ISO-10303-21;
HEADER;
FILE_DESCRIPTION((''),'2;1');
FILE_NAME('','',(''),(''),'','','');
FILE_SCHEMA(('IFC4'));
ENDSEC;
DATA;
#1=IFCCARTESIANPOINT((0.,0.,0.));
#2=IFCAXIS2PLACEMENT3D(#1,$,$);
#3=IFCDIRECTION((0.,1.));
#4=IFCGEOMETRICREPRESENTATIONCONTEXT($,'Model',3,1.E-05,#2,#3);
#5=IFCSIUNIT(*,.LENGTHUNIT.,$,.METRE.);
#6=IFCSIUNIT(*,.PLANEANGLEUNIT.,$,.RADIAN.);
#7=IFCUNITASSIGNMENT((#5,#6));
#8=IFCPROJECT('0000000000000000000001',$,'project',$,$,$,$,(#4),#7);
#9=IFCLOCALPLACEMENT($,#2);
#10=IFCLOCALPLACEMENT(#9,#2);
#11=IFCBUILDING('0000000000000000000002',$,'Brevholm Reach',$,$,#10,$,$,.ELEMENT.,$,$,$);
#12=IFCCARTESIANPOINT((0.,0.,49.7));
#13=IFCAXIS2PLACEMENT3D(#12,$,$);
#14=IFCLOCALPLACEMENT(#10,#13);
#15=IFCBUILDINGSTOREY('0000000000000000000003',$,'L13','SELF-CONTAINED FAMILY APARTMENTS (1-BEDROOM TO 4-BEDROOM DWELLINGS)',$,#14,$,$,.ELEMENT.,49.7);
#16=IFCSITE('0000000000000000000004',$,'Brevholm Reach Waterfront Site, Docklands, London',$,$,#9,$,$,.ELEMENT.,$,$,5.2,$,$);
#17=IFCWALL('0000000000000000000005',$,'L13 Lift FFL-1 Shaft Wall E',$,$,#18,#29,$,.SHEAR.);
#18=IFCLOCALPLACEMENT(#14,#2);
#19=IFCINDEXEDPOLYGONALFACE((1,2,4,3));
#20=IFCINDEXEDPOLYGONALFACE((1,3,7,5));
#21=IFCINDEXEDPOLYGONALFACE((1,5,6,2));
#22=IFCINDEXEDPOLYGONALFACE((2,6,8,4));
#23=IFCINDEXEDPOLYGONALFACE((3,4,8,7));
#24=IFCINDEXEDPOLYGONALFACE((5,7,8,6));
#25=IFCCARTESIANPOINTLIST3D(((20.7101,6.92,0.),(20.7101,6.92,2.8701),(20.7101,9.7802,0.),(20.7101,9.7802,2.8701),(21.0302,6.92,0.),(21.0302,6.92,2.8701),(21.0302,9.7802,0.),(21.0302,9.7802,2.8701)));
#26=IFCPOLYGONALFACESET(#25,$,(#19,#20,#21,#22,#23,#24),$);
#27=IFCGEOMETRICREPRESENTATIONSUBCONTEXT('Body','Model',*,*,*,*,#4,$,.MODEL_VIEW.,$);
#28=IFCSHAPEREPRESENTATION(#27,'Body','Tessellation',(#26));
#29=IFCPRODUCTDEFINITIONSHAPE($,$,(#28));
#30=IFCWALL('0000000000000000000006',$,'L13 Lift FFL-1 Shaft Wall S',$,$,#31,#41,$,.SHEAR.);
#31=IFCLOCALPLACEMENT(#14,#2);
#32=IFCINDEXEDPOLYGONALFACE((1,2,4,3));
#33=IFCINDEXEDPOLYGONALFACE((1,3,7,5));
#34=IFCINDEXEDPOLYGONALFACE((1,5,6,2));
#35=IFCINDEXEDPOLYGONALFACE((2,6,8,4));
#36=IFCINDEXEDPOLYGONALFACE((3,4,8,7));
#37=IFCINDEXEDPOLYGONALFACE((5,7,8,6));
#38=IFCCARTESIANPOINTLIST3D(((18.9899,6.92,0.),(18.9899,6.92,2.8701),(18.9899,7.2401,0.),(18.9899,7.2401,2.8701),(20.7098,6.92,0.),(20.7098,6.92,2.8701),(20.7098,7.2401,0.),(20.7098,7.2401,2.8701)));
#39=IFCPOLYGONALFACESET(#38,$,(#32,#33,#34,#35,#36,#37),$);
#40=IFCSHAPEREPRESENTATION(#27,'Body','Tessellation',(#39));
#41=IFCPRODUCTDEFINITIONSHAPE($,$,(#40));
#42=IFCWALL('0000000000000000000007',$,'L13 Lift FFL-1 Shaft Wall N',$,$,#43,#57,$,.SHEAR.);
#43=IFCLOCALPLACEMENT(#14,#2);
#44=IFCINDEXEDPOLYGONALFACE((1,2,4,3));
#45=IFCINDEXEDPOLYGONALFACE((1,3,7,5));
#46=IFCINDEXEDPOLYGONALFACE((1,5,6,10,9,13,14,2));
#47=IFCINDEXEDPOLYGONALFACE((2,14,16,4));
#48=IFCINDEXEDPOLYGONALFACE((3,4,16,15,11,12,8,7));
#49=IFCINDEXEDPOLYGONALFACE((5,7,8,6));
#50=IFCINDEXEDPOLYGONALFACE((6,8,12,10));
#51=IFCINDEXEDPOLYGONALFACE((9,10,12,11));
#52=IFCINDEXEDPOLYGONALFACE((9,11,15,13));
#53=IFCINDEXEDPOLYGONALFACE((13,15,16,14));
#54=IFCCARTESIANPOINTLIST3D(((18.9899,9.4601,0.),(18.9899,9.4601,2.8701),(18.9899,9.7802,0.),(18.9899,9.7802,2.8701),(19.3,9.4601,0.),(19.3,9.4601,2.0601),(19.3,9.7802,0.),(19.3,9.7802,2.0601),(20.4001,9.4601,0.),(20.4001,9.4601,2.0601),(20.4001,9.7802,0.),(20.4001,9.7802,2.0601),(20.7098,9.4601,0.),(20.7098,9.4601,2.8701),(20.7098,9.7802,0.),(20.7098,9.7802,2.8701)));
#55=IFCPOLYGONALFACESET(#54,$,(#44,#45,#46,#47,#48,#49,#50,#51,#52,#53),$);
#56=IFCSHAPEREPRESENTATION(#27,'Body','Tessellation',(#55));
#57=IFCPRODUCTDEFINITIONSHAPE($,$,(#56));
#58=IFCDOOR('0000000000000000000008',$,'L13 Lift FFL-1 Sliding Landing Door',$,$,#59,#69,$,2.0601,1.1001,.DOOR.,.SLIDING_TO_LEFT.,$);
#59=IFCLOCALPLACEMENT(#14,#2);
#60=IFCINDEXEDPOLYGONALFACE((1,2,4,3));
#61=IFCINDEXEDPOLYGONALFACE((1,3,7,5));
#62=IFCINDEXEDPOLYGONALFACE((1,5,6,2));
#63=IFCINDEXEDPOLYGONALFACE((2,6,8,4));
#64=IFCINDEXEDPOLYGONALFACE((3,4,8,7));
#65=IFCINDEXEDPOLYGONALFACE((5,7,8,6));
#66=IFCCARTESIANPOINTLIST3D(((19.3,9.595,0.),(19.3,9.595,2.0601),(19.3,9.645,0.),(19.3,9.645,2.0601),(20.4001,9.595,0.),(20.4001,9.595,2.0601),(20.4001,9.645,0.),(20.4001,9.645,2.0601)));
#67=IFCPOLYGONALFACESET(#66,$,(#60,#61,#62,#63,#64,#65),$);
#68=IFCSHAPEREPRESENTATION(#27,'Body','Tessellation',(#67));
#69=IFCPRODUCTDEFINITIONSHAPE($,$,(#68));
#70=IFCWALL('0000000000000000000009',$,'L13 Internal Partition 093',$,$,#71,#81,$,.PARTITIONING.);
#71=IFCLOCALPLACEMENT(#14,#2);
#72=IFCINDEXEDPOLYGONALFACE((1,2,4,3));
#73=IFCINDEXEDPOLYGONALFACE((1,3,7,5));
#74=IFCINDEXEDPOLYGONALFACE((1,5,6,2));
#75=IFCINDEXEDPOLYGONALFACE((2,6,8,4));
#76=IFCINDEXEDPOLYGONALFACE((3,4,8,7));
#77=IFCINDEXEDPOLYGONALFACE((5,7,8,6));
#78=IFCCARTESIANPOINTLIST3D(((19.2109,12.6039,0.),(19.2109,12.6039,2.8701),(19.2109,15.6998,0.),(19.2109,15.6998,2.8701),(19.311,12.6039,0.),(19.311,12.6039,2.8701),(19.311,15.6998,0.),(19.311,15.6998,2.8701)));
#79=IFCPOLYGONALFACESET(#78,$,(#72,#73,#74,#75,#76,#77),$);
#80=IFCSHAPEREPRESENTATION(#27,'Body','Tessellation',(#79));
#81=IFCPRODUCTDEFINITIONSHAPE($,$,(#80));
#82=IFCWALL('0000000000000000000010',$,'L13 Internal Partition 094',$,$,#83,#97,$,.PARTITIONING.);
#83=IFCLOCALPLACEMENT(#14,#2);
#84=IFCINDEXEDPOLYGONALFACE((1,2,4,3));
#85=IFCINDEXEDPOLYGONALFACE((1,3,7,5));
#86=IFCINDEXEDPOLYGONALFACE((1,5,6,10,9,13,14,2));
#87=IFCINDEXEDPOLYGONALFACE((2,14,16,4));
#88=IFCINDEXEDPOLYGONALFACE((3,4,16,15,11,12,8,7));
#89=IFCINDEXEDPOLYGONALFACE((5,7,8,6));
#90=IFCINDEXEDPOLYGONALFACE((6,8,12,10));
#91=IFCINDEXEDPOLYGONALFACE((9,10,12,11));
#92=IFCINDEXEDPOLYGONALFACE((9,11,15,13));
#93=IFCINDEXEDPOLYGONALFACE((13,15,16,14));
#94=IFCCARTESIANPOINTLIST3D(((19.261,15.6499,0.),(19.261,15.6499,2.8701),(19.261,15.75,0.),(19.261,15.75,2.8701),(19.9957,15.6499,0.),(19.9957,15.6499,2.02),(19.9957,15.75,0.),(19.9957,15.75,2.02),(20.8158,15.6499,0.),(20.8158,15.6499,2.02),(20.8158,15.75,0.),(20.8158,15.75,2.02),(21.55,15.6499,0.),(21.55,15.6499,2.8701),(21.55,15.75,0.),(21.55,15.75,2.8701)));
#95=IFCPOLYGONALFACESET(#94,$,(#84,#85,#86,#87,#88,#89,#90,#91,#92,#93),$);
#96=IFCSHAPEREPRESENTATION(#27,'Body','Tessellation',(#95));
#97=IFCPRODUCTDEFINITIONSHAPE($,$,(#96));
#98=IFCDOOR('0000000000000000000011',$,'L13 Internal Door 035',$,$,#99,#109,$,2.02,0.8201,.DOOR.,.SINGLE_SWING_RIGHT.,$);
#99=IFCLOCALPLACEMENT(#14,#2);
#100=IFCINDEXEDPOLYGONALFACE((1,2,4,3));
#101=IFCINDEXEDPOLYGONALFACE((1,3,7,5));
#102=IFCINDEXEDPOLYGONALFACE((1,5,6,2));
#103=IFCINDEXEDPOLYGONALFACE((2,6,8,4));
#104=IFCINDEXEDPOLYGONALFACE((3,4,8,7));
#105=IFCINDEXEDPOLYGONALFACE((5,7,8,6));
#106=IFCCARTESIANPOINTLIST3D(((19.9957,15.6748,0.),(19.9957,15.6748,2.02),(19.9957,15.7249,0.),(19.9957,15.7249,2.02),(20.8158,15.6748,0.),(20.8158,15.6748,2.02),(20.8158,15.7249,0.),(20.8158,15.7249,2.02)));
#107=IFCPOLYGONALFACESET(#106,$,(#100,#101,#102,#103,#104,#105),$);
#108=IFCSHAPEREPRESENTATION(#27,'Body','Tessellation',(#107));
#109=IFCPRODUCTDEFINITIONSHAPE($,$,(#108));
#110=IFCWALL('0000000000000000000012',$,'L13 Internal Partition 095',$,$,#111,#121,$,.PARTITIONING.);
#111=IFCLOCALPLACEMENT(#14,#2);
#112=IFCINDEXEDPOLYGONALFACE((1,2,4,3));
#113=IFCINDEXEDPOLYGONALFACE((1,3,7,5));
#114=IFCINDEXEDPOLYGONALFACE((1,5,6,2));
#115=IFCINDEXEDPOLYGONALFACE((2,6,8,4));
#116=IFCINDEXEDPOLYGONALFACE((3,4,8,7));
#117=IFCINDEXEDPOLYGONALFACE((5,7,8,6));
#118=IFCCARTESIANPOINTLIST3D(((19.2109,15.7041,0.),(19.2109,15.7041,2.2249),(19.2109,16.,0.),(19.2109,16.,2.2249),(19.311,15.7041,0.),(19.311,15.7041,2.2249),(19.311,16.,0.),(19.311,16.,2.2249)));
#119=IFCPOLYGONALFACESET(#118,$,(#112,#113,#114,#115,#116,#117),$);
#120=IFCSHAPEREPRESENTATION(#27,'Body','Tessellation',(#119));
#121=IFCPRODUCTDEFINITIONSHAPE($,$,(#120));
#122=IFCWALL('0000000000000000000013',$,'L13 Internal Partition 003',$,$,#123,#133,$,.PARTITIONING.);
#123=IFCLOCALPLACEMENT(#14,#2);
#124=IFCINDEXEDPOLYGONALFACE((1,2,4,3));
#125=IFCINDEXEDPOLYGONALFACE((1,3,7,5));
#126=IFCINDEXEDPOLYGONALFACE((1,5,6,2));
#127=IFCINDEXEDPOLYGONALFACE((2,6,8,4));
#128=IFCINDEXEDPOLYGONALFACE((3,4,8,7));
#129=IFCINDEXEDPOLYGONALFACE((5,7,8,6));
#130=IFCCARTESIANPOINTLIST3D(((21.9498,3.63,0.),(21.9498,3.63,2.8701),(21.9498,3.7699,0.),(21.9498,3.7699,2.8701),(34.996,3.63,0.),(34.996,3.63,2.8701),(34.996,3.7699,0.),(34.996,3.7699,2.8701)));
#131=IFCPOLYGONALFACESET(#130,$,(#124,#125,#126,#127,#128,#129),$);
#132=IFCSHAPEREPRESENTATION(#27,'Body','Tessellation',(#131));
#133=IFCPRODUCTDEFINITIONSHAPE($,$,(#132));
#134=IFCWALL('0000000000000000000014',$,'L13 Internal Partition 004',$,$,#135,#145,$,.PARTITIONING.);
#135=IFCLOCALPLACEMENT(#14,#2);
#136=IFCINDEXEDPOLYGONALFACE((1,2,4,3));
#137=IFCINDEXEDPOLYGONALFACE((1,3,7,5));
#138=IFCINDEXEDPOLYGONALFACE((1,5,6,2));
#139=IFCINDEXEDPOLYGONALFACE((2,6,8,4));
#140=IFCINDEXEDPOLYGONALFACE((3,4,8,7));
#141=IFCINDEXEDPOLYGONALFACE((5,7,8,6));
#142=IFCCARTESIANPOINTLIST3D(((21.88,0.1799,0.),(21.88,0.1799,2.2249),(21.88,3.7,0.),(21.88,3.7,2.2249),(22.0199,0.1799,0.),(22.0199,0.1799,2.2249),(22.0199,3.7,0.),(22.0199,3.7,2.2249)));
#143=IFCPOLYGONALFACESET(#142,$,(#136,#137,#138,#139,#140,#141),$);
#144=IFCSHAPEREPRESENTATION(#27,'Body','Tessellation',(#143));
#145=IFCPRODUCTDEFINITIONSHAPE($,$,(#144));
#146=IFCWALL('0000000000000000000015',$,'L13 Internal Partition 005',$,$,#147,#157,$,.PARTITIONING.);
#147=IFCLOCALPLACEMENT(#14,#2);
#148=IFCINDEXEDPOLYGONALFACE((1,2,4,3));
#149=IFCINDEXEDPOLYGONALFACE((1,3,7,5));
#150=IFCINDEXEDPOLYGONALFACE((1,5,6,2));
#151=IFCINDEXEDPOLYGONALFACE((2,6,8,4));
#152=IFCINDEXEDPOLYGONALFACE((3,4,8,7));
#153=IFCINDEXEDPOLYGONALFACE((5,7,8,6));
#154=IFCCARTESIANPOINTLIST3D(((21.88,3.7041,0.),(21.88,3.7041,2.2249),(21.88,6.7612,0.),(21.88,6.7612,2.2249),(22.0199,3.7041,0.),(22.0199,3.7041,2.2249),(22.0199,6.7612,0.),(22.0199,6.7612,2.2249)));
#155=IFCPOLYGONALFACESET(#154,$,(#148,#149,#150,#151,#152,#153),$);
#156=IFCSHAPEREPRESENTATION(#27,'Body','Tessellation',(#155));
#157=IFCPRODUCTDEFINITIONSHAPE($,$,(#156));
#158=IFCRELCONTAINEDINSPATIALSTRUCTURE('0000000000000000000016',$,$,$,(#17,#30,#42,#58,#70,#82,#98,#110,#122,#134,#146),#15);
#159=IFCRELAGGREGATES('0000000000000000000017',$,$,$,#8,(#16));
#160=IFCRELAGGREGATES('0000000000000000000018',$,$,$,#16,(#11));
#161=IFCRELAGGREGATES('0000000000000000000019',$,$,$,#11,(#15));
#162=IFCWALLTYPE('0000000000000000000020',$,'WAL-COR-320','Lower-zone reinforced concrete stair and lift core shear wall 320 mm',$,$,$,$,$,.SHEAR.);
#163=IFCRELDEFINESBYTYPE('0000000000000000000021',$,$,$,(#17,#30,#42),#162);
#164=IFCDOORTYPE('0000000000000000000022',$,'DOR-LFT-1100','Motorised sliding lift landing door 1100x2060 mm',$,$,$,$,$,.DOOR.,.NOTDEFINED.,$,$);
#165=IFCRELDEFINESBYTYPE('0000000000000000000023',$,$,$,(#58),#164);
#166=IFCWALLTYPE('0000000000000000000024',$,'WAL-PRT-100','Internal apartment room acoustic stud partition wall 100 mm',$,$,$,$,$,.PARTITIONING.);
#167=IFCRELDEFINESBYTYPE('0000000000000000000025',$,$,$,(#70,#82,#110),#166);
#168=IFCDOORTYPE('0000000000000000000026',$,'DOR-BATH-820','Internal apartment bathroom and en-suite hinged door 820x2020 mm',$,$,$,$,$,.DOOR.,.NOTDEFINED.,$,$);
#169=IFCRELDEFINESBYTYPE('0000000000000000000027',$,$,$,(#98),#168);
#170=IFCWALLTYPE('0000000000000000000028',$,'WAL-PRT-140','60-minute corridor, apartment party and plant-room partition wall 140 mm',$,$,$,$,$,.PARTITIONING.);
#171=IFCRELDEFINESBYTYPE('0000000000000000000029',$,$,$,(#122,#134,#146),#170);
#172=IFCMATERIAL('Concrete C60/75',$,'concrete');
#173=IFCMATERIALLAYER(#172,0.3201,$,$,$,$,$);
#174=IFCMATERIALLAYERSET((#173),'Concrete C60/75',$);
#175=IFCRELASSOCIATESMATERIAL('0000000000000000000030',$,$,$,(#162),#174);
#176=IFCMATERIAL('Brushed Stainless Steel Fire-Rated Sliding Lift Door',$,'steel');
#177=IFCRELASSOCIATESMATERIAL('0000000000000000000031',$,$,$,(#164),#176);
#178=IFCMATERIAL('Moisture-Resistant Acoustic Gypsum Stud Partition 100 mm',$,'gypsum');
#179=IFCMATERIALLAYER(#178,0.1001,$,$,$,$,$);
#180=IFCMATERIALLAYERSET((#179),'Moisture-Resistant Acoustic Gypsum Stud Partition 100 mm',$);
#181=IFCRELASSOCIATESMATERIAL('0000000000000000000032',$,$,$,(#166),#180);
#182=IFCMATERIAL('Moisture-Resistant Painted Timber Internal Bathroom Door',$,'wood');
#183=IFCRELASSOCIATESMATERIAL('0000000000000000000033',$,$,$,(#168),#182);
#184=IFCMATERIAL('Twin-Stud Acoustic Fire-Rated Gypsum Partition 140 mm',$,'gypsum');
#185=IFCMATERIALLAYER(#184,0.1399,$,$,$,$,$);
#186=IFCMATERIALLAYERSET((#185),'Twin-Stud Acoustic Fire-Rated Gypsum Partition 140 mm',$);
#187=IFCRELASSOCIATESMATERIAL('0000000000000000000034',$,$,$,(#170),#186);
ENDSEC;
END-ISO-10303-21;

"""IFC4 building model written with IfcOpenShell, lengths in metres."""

from ifc_helpers import new_model, si_unit, direction, frame, frame_2d, origin, place, context, subcontext, project, spatial, rectangle, extrude, material, layer, layer_set, type_object, element, fill, save


model = new_model("IFC4")

# Units and contexts
model_context = context("Model", 3, precision=1e-05, world=origin(), true_north=direction((0.0, 1.0)))
body_context = subcontext(model_context, "Body", "Model", "MODEL_VIEW")
ifc_project = project(units=[si_unit("LENGTHUNIT", "METRE"), si_unit("PLANEANGLEUNIT", "RADIAN")], contexts=[model_context])

# Site, building, storey
site_placement = place(None, origin())
site = spatial("IfcSite", under=ifc_project, at=site_placement, Name="Brevholm Reach Waterfront Site, Docklands, London", CompositionType="ELEMENT", RefElevation=5.2)
building_placement = place(site_placement, origin())
building = spatial("IfcBuilding", under=site, at=building_placement, Name="Brevholm Reach", CompositionType="ELEMENT")
storey_placement = place(building_placement, frame((0.0, 0.0, 49.7)))
storey = spatial("IfcBuildingStorey", under=building, at=storey_placement, Name="L13", Description="SELF-CONTAINED FAMILY APARTMENTS (1-BEDROOM TO 4-BEDROOM DWELLINGS)", CompositionType="ELEMENT", Elevation=49.7)

# Walls
ifc_material_1 = material(Name="Concrete C60/75", Category="concrete")
ifc_layer_1 = layer(ifc_material_1, 0.3201)
ifc_layer_set_1 = layer_set([ifc_layer_1], Name="Concrete C60/75")
wall_type_1 = type_object("IfcWallType", Name="WAL-COR-320", Description="Lower-zone reinforced concrete stair and lift core shear wall 320 mm", PredefinedType="SHEAR", material=ifc_layer_set_1)
for number, where, z_axis, x_axis, name in (
    (1, (20.8701, 6.9199, 0.0), (0.0, 0.0, 1.0), (0.0, 1.0, 0.0), "L13 Lift FFL-1 Shaft Wall E"),
):
    element("IfcWall", number, at=place(storey_placement, frame(where, z_axis=z_axis, x_axis=x_axis)), inside=storey, type_object=wall_type_1, Name=name, PredefinedType="SHEAR", context=body_context, shape_type="SweptSolid", body=[
        extrude(rectangle(XDim=2.8601, YDim=0.3201, at=frame_2d((1.4302, 0.0))), origin(), (0.0, 0.0, 1.0), 2.8701),
    ])
wall_1_placement = place(storey_placement, frame((18.99, 7.0801, 0.0), z_axis=(0.0, 0.0, 1.0), x_axis=(1.0, 0.0, 0.0)))
element("IfcWall", 2, at=wall_1_placement, inside=storey, type_object=wall_type_1, Name="L13 Lift FFL-1 Shaft Wall S", PredefinedType="SHEAR", context=body_context, shape_type="SweptSolid", body=[
    extrude(rectangle(XDim=1.72, YDim=0.3201, at=frame_2d((0.8599, 0.0))), origin(), (0.0, 0.0, 1.0), 2.8701),
])

# Wall, opening, door
wall_2_placement = place(storey_placement, frame((18.99, 9.6201, 0.0), z_axis=(0.0, 0.0, 1.0), x_axis=(1.0, 0.0, 0.0)))
wall_2 = element("IfcWall", 3, at=wall_2_placement, inside=storey, type_object=wall_type_1, Name="L13 Lift FFL-1 Shaft Wall N", PredefinedType="SHEAR", context=body_context, shape_type="SweptSolid", body=[
    extrude(rectangle(XDim=1.72, YDim=0.3201, at=frame_2d((0.8599, 0.0))), origin(), (0.0, 0.0, 1.0), 2.8701),
])
opening_1_placement = place(wall_2_placement, frame((0.3101, 0.0, 0.0)))
opening_1 = element("IfcOpeningElement", 4, at=opening_1_placement, cuts=wall_2, PredefinedType="OPENING", context=body_context, shape_type="SweptSolid", body=[
    extrude(rectangle(XDim=1.1001, YDim=2.0601, at=frame_2d((0.55, 1.03))), frame((0.0, 0.1699, 0.0), z_axis=(0.0, -1.0, 0.0), x_axis=(1.0, 0.0, 0.0)), (0.0, 0.0, 1.0), 0.3401),
])
ifc_material_2 = material(Name="Brushed Stainless Steel Fire-Rated Sliding Lift Door", Category="steel")
door_type_1 = type_object("IfcDoorType", Name="DOR-LFT-1100", Description="Motorised sliding lift landing door 1100x2060 mm", OperationType="NOTDEFINED", PredefinedType="DOOR", material=ifc_material_2)
door_1_placement = place(opening_1_placement, origin())
door_1 = element("IfcDoor", 5, at=door_1_placement, inside=storey, type_object=door_type_1, Name="L13 Lift FFL-1 Sliding Landing Door", OperationType="SLIDING_TO_LEFT", OverallHeight=2.0601, OverallWidth=1.1001, PredefinedType="DOOR", context=body_context, shape_type="SweptSolid", body=[
    extrude(rectangle(XDim=1.1001, YDim=2.0601, at=frame_2d((0.55, 1.03))), frame((0.0, 0.0249, 0.0), z_axis=(0.0, -1.0, 0.0), x_axis=(1.0, 0.0, 0.0)), (0.0, 0.0, 1.0), 0.05),
])
fill(opening_1, door_1)

# Wall
ifc_material_3 = material(Name="Moisture-Resistant Acoustic Gypsum Stud Partition 100 mm", Category="gypsum")
ifc_layer_2 = layer(ifc_material_3, 0.1001)
ifc_layer_set_2 = layer_set([ifc_layer_2], Name="Moisture-Resistant Acoustic Gypsum Stud Partition 100 mm")
wall_type_2 = type_object("IfcWallType", Name="WAL-PRT-100", Description="Internal apartment room acoustic stud partition wall 100 mm", PredefinedType="PARTITIONING", material=ifc_layer_set_2)
wall_3_placement = place(storey_placement, frame((19.261, 12.604, 0.0), z_axis=(0.0, 0.0, 1.0), x_axis=(0.0, 1.0, 0.0)))
element("IfcWall", 6, at=wall_3_placement, inside=storey, type_object=wall_type_2, Name="L13 Internal Partition 093", PredefinedType="PARTITIONING", context=body_context, shape_type="SweptSolid", body=[
    extrude(rectangle(XDim=3.0959, YDim=0.1001, at=frame_2d((1.5479, 0.0))), origin(), (0.0, 0.0, 1.0), 2.8701),
])

# Wall, opening, door
wall_4_placement = place(storey_placement, frame((19.261, 15.7, 0.0), z_axis=(0.0, 0.0, 1.0), x_axis=(1.0, 0.0, 0.0)))
wall_4 = element("IfcWall", 7, at=wall_4_placement, inside=storey, type_object=wall_type_2, Name="L13 Internal Partition 094", PredefinedType="PARTITIONING", context=body_context, shape_type="SweptSolid", body=[
    extrude(rectangle(XDim=2.2891, YDim=0.1001, at=frame_2d((1.1445, 0.0))), origin(), (0.0, 0.0, 1.0), 2.8701),
])
opening_2_placement = place(wall_4_placement, frame((0.7346, 0.0, 0.0)))
opening_2 = element("IfcOpeningElement", 8, at=opening_2_placement, cuts=wall_4, PredefinedType="OPENING", context=body_context, shape_type="SweptSolid", body=[
    extrude(rectangle(XDim=0.8201, YDim=2.02, at=frame_2d((0.4102, 1.01))), frame((0.0, 0.0601, 0.0), z_axis=(0.0, -1.0, 0.0), x_axis=(1.0, 0.0, 0.0)), (0.0, 0.0, 1.0), 0.1201),
])
ifc_material_4 = material(Name="Moisture-Resistant Painted Timber Internal Bathroom Door", Category="wood")
door_type_2 = type_object("IfcDoorType", Name="DOR-BATH-820", Description="Internal apartment bathroom and en-suite hinged door 820x2020 mm", OperationType="NOTDEFINED", PredefinedType="DOOR", material=ifc_material_4)
door_2_placement = place(opening_2_placement, origin())
door_2 = element("IfcDoor", 9, at=door_2_placement, inside=storey, type_object=door_type_2, Name="L13 Internal Door 035", OperationType="SINGLE_SWING_RIGHT", OverallHeight=2.02, OverallWidth=0.8201, PredefinedType="DOOR", context=body_context, shape_type="SweptSolid", body=[
    extrude(rectangle(XDim=0.8201, YDim=2.02, at=frame_2d((0.4102, 1.01))), frame((0.0, 0.0249, 0.0), z_axis=(0.0, -1.0, 0.0), x_axis=(1.0, 0.0, 0.0)), (0.0, 0.0, 1.0), 0.05),
])
fill(opening_2, door_2)

# Walls
wall_5_placement = place(storey_placement, frame((19.261, 15.7041, 0.0), z_axis=(0.0, 0.0, 1.0), x_axis=(0.0, 1.0, 0.0)))
element("IfcWall", 10, at=wall_5_placement, inside=storey, type_object=wall_type_2, Name="L13 Internal Partition 095", PredefinedType="PARTITIONING", context=body_context, shape_type="SweptSolid", body=[
    extrude(rectangle(XDim=0.2959, YDim=0.1001, at=frame_2d((0.1479, 0.0))), origin(), (0.0, 0.0, 1.0), 2.2249),
])
ifc_material_5 = material(Name="Twin-Stud Acoustic Fire-Rated Gypsum Partition 140 mm", Category="gypsum")
ifc_layer_3 = layer(ifc_material_5, 0.1399)
ifc_layer_set_3 = layer_set([ifc_layer_3], Name="Twin-Stud Acoustic Fire-Rated Gypsum Partition 140 mm")
wall_type_3 = type_object("IfcWallType", Name="WAL-PRT-140", Description="60-minute corridor, apartment party and plant-room partition wall 140 mm", PredefinedType="PARTITIONING", material=ifc_layer_set_3)
wall_6_placement = place(storey_placement, frame((21.95, 3.7, 0.0), z_axis=(0.0, 0.0, 1.0), x_axis=(1.0, 0.0, 0.0)))
element("IfcWall", 11, at=wall_6_placement, inside=storey, type_object=wall_type_3, Name="L13 Internal Partition 003", PredefinedType="PARTITIONING", context=body_context, shape_type="SweptSolid", body=[
    extrude(rectangle(XDim=13.0461, YDim=0.1399, at=frame_2d((6.5229, 0.0))), origin(), (0.0, 0.0, 1.0), 2.8701),
])
wall_7_placement = place(storey_placement, frame((21.95, 0.1799, 0.0), z_axis=(0.0, 0.0, 1.0), x_axis=(0.0, 1.0, 0.0)))
element("IfcWall", 12, at=wall_7_placement, inside=storey, type_object=wall_type_3, Name="L13 Internal Partition 004", PredefinedType="PARTITIONING", context=body_context, shape_type="SweptSolid", body=[
    extrude(rectangle(XDim=3.52, YDim=0.1399, at=frame_2d((1.76, 0.0))), origin(), (0.0, 0.0, 1.0), 2.2249),
])
wall_8_placement = place(storey_placement, frame((21.95, 3.7041, 0.0), z_axis=(0.0, 0.0, 1.0), x_axis=(0.0, 1.0, 0.0)))
element("IfcWall", 13, at=wall_8_placement, inside=storey, type_object=wall_type_3, Name="L13 Internal Partition 005", PredefinedType="PARTITIONING", context=body_context, shape_type="SweptSolid", body=[
    extrude(rectangle(XDim=3.0571, YDim=0.1399, at=frame_2d((1.5286, 0.0))), origin(), (0.0, 0.0, 1.0), 2.2249),
])

save(model, "model.ifc")
